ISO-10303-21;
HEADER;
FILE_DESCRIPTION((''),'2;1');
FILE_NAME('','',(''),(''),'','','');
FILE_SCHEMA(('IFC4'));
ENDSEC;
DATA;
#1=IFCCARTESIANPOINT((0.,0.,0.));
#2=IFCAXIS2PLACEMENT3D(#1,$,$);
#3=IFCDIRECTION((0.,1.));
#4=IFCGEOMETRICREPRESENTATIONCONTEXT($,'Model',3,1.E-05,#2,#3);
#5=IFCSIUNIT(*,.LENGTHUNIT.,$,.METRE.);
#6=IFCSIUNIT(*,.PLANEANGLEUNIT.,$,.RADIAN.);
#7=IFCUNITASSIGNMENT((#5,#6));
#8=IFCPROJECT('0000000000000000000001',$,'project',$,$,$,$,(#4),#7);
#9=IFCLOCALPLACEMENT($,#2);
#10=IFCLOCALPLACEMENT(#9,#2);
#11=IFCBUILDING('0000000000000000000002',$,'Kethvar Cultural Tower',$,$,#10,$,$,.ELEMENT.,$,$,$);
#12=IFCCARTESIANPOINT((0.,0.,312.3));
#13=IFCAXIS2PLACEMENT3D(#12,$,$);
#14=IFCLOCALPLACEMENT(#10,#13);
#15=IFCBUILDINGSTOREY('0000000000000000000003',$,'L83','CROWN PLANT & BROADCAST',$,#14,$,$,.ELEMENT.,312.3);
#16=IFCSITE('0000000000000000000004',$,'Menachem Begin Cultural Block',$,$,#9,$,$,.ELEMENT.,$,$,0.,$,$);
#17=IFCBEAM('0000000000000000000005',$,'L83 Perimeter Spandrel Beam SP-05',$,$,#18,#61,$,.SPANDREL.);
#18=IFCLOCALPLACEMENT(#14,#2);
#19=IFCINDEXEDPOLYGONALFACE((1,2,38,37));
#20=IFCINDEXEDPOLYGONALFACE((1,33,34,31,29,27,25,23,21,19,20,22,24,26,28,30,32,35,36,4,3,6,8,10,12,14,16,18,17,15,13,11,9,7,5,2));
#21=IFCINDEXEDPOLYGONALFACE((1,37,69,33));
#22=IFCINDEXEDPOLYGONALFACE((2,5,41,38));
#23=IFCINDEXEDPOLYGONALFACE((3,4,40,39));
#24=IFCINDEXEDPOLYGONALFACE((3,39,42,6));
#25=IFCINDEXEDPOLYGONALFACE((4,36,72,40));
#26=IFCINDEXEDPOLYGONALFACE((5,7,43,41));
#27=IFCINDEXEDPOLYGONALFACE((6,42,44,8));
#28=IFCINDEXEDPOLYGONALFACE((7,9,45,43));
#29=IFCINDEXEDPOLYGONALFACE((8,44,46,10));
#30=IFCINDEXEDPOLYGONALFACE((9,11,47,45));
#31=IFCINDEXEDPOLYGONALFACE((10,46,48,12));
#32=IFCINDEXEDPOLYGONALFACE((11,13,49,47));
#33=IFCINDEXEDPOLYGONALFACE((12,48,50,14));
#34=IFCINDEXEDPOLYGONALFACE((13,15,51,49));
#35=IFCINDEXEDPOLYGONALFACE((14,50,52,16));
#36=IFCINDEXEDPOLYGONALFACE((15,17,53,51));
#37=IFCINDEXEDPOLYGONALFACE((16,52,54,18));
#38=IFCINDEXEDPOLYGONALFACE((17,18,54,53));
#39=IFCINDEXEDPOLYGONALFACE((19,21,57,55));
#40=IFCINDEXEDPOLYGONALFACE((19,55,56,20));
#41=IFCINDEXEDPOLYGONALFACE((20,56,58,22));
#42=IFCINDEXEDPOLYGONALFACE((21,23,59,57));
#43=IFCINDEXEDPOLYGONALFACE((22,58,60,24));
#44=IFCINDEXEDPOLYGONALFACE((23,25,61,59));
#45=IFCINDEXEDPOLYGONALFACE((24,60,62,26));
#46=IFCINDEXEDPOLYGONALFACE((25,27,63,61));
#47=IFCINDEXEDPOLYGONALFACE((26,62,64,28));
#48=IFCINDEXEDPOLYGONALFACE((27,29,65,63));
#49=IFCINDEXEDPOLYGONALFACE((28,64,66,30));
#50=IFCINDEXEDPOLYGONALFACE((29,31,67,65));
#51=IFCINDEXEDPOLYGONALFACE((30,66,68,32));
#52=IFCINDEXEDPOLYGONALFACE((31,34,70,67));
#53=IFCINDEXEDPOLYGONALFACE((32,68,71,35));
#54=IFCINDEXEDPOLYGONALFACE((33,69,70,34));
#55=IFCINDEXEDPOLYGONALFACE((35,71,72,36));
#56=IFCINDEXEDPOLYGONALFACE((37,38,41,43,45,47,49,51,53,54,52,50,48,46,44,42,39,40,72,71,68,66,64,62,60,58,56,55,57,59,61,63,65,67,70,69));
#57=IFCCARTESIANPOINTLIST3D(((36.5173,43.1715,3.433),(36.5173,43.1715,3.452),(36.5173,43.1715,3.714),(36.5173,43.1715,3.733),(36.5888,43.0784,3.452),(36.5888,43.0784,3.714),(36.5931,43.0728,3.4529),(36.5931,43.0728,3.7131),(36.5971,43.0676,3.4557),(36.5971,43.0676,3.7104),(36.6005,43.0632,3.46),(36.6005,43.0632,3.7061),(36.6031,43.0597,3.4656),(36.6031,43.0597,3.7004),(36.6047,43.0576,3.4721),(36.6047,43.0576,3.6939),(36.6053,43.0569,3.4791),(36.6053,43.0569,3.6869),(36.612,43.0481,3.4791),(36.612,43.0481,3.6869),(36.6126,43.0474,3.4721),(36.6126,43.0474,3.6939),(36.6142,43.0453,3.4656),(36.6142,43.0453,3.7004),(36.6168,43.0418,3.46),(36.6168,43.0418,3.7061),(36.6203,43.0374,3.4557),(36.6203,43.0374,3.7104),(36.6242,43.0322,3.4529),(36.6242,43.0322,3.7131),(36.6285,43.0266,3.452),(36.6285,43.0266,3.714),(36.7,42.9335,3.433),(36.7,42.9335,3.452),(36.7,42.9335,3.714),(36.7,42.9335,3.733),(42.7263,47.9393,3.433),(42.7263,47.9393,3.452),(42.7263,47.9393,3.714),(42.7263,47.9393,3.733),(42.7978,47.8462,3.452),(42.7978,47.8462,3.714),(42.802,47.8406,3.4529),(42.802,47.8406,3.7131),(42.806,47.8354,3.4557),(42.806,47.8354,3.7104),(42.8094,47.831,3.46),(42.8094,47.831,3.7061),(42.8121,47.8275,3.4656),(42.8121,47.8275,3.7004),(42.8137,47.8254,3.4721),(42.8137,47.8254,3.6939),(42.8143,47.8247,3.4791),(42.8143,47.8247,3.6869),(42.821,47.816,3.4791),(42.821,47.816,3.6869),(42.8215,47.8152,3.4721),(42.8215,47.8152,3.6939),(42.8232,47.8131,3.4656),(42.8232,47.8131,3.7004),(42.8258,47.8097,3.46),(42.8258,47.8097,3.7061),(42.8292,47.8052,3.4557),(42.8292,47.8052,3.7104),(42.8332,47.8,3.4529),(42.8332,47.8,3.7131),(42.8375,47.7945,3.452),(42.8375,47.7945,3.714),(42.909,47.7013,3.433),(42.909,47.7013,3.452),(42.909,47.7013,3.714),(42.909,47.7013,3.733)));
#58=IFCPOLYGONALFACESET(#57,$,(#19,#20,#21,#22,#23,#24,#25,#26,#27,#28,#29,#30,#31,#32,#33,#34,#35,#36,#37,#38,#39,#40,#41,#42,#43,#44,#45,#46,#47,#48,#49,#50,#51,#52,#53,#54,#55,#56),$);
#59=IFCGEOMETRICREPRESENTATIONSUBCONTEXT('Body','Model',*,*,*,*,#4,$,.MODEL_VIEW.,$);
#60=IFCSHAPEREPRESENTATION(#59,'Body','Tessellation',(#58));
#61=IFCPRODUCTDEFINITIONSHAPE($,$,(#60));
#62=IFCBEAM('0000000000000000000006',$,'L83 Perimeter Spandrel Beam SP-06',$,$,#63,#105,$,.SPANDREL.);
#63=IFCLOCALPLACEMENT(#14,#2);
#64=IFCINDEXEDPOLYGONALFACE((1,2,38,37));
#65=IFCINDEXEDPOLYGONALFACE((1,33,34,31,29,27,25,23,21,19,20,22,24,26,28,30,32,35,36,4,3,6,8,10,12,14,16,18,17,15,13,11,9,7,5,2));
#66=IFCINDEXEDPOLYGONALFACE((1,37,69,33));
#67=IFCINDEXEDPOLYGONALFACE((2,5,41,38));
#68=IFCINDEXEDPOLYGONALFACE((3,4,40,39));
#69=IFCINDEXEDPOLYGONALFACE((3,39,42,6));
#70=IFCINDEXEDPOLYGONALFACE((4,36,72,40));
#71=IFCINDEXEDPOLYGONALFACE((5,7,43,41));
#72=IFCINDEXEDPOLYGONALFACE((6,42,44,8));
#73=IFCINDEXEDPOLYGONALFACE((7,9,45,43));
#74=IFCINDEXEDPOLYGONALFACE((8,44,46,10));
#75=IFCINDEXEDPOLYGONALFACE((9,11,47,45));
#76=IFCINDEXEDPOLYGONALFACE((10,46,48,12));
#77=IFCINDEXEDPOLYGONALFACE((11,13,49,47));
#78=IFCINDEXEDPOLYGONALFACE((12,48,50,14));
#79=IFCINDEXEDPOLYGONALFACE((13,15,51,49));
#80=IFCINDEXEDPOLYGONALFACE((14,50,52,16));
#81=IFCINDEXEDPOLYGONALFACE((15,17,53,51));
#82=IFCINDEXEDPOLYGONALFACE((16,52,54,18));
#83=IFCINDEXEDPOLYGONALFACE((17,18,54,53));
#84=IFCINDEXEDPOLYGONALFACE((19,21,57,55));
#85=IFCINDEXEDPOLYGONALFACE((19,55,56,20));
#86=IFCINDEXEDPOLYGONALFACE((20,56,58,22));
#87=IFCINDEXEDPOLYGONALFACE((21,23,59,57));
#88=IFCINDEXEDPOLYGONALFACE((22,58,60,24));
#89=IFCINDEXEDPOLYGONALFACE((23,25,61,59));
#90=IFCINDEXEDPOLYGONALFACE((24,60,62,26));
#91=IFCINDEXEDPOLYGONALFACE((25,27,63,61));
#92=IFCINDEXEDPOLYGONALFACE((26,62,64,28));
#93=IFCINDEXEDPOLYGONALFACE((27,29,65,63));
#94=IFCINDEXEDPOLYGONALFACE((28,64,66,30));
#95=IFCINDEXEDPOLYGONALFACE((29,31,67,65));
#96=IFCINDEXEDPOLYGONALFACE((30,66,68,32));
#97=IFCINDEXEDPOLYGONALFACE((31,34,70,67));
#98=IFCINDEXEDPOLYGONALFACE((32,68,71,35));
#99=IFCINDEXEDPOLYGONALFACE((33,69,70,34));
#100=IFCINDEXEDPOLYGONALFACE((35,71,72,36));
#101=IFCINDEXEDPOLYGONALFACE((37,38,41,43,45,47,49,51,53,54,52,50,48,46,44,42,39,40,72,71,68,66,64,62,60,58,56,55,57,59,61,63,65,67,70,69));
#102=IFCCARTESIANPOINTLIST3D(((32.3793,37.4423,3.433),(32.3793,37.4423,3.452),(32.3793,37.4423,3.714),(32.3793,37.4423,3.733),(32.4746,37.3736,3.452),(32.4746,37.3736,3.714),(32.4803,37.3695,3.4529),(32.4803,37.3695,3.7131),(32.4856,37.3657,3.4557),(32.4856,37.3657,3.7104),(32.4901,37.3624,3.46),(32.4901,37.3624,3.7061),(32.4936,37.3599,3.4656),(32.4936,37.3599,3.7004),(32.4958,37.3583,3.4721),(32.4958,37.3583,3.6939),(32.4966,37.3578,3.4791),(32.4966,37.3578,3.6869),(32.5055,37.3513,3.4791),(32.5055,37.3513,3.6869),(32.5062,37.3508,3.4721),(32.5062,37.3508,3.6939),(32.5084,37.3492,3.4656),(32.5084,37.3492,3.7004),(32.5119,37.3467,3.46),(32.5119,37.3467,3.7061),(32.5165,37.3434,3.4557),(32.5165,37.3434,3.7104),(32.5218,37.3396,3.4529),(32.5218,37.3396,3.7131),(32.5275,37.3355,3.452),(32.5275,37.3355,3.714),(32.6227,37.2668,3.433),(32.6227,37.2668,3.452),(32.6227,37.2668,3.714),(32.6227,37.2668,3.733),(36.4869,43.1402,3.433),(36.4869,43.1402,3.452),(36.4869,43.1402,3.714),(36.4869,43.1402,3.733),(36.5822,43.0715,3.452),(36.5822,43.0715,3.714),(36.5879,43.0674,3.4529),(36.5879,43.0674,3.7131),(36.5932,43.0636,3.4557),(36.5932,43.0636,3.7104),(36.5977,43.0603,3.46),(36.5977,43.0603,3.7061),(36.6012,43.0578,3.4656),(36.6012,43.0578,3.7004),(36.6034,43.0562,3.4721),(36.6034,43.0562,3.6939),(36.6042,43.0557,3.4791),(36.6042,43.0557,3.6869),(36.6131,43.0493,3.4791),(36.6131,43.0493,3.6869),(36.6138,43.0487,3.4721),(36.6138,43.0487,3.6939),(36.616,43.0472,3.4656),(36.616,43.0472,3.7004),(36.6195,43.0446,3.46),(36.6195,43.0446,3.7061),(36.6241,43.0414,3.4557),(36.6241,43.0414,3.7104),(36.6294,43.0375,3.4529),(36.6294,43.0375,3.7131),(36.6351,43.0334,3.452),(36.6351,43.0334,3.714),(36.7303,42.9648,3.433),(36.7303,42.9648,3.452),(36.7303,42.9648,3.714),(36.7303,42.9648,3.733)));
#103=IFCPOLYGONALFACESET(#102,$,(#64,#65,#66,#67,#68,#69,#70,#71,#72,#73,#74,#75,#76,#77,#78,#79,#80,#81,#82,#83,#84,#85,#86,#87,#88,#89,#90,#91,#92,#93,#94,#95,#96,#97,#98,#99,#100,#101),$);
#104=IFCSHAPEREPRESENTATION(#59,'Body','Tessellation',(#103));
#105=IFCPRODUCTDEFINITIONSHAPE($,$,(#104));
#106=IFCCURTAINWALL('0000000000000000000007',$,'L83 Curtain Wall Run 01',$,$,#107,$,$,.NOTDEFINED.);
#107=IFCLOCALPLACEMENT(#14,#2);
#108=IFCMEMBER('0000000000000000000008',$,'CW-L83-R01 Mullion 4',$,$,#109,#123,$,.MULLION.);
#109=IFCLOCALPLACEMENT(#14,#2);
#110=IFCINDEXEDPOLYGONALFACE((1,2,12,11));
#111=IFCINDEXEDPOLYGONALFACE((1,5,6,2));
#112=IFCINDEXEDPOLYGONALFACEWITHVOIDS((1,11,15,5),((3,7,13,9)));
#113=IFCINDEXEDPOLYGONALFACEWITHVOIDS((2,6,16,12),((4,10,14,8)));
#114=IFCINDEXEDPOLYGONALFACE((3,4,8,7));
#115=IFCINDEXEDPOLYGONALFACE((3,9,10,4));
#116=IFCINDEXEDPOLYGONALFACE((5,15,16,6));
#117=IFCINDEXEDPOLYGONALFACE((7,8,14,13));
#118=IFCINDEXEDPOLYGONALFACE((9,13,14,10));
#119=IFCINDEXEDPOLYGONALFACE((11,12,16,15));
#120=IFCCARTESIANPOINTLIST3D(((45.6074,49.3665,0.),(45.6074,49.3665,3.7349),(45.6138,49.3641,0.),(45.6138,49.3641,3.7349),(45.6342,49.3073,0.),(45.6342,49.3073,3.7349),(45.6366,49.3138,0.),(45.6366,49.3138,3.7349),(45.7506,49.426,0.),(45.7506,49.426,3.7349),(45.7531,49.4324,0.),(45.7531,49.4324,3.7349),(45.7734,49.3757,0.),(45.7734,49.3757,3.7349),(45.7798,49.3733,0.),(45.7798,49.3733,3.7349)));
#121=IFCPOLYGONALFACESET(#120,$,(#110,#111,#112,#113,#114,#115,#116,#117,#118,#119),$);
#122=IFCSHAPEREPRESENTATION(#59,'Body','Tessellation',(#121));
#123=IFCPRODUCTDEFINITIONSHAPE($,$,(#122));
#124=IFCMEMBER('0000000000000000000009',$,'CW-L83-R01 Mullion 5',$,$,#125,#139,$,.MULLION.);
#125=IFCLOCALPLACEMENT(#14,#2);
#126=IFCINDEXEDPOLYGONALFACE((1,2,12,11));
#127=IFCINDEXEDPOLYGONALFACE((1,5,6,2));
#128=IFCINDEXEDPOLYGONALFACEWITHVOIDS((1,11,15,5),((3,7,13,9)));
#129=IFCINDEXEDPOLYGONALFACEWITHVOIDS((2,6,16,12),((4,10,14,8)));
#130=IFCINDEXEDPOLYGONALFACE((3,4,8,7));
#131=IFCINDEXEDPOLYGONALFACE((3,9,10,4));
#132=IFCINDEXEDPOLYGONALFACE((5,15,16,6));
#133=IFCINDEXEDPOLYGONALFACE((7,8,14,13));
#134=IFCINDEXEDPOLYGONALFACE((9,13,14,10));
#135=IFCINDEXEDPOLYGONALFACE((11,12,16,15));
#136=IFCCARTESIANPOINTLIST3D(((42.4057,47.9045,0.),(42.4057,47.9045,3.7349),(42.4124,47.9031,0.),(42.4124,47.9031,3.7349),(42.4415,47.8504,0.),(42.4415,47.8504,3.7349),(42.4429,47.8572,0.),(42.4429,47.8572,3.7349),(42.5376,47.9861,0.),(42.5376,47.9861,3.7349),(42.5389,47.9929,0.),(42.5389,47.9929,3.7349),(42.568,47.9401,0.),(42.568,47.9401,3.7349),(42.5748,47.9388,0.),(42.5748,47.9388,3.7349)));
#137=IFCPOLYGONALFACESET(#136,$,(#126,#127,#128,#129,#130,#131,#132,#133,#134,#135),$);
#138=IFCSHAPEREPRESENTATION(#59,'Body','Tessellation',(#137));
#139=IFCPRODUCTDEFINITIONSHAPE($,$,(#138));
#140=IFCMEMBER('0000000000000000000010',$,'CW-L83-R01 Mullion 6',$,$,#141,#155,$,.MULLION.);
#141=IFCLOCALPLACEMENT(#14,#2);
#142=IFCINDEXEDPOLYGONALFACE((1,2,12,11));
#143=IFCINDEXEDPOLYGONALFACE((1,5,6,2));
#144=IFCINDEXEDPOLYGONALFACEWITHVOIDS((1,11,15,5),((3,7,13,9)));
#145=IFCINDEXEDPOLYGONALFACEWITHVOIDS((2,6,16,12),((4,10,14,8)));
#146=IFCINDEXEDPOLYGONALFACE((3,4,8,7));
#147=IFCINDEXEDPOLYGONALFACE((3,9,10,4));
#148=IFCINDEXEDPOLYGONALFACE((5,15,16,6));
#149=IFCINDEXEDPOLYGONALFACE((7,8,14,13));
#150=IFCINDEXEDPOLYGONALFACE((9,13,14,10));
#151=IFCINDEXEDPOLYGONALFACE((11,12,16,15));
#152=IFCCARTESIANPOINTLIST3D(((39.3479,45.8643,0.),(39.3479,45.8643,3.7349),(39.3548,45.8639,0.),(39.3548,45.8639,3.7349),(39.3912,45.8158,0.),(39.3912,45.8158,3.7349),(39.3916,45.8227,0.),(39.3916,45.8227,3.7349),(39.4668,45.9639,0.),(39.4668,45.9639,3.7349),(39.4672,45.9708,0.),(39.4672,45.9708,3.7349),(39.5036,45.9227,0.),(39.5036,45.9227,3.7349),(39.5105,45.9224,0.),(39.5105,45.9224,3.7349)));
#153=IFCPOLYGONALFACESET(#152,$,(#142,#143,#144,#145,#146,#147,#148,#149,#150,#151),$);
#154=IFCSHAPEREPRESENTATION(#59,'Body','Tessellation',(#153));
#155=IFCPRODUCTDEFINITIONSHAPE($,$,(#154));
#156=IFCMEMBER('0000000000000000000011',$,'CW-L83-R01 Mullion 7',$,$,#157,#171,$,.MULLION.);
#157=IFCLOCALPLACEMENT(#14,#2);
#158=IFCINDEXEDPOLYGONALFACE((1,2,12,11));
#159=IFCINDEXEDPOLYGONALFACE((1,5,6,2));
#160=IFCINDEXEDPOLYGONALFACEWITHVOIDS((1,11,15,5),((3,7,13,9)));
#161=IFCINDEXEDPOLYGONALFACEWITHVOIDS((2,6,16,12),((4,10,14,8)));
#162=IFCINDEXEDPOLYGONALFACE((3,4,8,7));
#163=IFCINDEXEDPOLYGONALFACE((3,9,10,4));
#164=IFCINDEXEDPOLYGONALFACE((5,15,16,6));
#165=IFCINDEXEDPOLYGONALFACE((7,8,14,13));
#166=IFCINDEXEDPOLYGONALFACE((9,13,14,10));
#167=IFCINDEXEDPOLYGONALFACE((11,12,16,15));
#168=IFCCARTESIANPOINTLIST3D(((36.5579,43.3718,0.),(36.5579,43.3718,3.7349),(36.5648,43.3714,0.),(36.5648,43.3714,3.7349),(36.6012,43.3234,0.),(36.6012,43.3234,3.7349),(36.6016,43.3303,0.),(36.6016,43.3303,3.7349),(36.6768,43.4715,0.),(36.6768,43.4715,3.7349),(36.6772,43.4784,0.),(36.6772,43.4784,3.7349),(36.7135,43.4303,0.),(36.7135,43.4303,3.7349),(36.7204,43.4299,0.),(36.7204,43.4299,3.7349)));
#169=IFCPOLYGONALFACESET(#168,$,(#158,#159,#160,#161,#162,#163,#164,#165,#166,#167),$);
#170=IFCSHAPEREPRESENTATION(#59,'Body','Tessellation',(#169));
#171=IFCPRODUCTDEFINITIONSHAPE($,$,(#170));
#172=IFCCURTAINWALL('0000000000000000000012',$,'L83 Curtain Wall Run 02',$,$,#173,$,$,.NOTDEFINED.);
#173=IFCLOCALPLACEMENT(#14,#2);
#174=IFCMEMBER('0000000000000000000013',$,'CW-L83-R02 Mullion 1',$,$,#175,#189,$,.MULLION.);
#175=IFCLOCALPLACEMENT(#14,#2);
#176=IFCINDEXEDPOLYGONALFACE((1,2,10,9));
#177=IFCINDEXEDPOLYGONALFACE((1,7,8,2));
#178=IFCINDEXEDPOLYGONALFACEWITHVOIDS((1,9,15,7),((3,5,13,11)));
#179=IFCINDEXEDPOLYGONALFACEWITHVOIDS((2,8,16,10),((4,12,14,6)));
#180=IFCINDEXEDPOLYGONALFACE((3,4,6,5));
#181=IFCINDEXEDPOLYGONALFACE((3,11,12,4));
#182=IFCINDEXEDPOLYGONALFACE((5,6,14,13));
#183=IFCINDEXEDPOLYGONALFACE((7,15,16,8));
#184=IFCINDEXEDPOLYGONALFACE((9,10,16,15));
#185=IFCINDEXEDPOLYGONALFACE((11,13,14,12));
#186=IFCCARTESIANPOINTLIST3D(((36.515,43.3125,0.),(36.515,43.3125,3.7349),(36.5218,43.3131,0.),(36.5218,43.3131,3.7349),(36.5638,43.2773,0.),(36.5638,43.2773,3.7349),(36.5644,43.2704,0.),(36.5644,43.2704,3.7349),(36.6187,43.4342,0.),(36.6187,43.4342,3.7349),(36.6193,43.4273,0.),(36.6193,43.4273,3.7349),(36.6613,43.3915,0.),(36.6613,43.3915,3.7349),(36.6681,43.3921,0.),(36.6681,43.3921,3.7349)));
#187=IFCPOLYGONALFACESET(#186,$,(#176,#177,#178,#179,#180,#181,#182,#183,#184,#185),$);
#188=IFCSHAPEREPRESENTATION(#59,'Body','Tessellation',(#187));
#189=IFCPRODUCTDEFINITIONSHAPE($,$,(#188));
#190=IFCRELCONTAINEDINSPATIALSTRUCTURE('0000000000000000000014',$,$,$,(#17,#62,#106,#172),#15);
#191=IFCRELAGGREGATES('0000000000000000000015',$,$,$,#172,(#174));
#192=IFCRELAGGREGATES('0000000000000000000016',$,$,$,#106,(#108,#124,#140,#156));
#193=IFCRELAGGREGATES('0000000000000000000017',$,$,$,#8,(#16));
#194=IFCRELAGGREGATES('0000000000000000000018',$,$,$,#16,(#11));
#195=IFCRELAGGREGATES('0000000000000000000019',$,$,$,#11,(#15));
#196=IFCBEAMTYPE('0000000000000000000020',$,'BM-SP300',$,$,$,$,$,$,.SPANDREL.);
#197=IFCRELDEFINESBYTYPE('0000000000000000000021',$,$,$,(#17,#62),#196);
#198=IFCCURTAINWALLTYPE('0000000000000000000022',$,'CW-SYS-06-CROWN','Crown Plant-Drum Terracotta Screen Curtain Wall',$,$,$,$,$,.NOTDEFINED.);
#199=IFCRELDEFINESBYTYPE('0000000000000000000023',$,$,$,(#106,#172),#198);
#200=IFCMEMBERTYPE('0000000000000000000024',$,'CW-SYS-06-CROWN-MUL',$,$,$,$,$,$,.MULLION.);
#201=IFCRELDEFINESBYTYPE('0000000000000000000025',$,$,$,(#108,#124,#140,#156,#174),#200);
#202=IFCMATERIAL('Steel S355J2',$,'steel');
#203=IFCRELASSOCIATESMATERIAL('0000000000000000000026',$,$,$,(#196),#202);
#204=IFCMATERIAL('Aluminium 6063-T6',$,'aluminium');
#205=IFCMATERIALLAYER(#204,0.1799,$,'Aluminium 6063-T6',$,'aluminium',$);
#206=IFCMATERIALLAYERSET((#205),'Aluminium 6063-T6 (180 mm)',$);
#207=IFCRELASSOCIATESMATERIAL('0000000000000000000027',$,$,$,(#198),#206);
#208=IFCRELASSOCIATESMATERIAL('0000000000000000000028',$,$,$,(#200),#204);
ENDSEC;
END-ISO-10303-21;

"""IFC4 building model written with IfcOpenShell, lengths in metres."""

from ifc_helpers import new_model, si_unit, direction, frame, origin, origin_2d, place, context, subcontext, project, spatial, hollow_rectangle, i_section, extrude, source, transform, mapped, material, layer, layer_set, material_profile, profile_set, type_object, element, aggregate, save


model = new_model("IFC4")

# Units and contexts
model_context = context("Model", 3, precision=1e-05, world=origin(), true_north=direction((0.0, 1.0)))
body_context = subcontext(model_context, "Body", "Model", "MODEL_VIEW")
ifc_project = project(units=[si_unit("LENGTHUNIT", "METRE"), si_unit("PLANEANGLEUNIT", "RADIAN")], contexts=[model_context])

# Site, building, storey
site_placement = place(None, origin())
site = spatial("IfcSite", under=ifc_project, at=site_placement, Name="Menachem Begin Cultural Block", CompositionType="ELEMENT", RefElevation=0.0)
building_placement = place(site_placement, origin())
building = spatial("IfcBuilding", under=site, at=building_placement, Name="Kethvar Cultural Tower", CompositionType="ELEMENT")
storey_placement = place(building_placement, frame((0.0, 0.0, 312.3)))
storey = spatial("IfcBuildingStorey", under=building, at=storey_placement, Name="L83", Description="CROWN PLANT & BROADCAST", CompositionType="ELEMENT", Elevation=312.3)

# Shared definitions
ifc_material_1 = material(Name="Steel S355J2", Category="steel")

# Beams
ifc_material_profile_1 = material_profile(ifc_material_1, i_section(OverallWidth=0.3, OverallDepth=0.3, WebThickness=0.011, FlangeThickness=0.019, FilletRadius=0.0271, at=origin_2d()), Name="Steel S355J2 — HEB300")
ifc_profile_set_1 = profile_set([ifc_material_profile_1], Name="Steel S355J2 — HEB300")
beam_type_1 = type_object("IfcBeamType", Name="BM-SP300", PredefinedType="SPANDREL", material=ifc_profile_set_1)
shared_shape_1 = source(origin(), body_context, "Body", "SweptSolid", [
    extrude(i_section(OverallWidth=0.3, OverallDepth=0.3, WebThickness=0.011, FlangeThickness=0.019, FilletRadius=0.0271, at=origin_2d()), origin(), (0.0, 0.0, 1.0), 7.8284),
])
beam_1_placement = place(storey_placement, frame((42.8176, 47.8203, 3.583), z_axis=(-0.793137, -0.609043, 0.0), x_axis=(0.609043, -0.793137, 0.0)))
element("IfcBeam", 1, at=beam_1_placement, inside=storey, type_object=beam_type_1, Name="L83 Perimeter Spandrel Beam SP-05", PredefinedType="SPANDREL", context=body_context, shape_type="MappedRepresentation", body=[
    mapped(shared_shape_1, transform((0.0, 0.0, 0.0), scale=1.0)),
])
shared_shape_2 = source(origin(), body_context, "Body", "SweptSolid", [
    extrude(i_section(OverallWidth=0.3, OverallDepth=0.3, WebThickness=0.011, FlangeThickness=0.019, FilletRadius=0.0271, at=origin_2d()), origin(), (0.0, 0.0, 1.0), 7.0242),
])
beam_2_placement = place(storey_placement, frame((36.6086, 43.0525, 3.583), z_axis=(-0.584783, -0.811189, 0.0), x_axis=(0.811189, -0.584783, 0.0)))
element("IfcBeam", 2, at=beam_2_placement, inside=storey, type_object=beam_type_1, Name="L83 Perimeter Spandrel Beam SP-06", PredefinedType="SPANDREL", context=body_context, shape_type="MappedRepresentation", body=[
    mapped(shared_shape_2, transform((0.0, 0.0, 0.0), scale=1.0)),
])

# Curtain wall, members
ifc_material_2 = material(Name="Aluminium 6063-T6", Category="aluminium")
ifc_layer_1 = layer(ifc_material_2, 0.1799, Name="Aluminium 6063-T6", Category="aluminium")
ifc_layer_set_1 = layer_set([ifc_layer_1], Name="Aluminium 6063-T6 (180 mm)")
curtain_wall_type = type_object("IfcCurtainWallType", Name="CW-SYS-06-CROWN", Description="Crown Plant-Drum Terracotta Screen Curtain Wall", PredefinedType="NOTDEFINED", material=ifc_layer_set_1)
curtain_wall_1_placement = place(storey_placement, origin())
curtain_wall_1 = element("IfcCurtainWall", 3, at=curtain_wall_1_placement, inside=storey, type_object=curtain_wall_type, Name="L83 Curtain Wall Run 01", PredefinedType="NOTDEFINED")
ifc_material_profile_2 = material_profile(ifc_material_2, hollow_rectangle(XDim=0.0649, YDim=0.1599, WallThickness=0.0049, at=origin_2d()), Name="Aluminium 6063-T6 — RHS160x65x5")
ifc_profile_set_2 = profile_set([ifc_material_profile_2], Name="Aluminium 6063-T6 — RHS160x65x5")
member_type_1 = type_object("IfcMemberType", Name="CW-SYS-06-CROWN-MUL", PredefinedType="MULLION", material=ifc_profile_set_2)
shared_shape_3 = source(origin(), body_context, "Body", "SweptSolid", [
    extrude(hollow_rectangle(XDim=0.0649, YDim=0.1599, WallThickness=0.0049, at=origin_2d()), origin(), (0.0, 0.0, 1.0), 3.7349),
])
member_1_placement = place(storey_placement, frame((45.6936, 49.3699, 0.0), z_axis=(0.0, 0.0, 1.0), x_axis=(0.412341, -0.911029, 0.0)))
member_1 = element("IfcMember", 4, at=member_1_placement, type_object=member_type_1, Name="CW-L83-R01 Mullion 4", PredefinedType="MULLION", context=body_context, shape_type="MappedRepresentation", body=[
    mapped(shared_shape_3, transform((0.0, 0.0, 0.0), scale=1.0)),
])
member_2_placement = place(storey_placement, frame((42.4902, 47.9216, 0.0), z_axis=(0.0, 0.0, 1.0), x_axis=(0.552635, -0.833423, 0.0)))
member_2 = element("IfcMember", 5, at=member_2_placement, type_object=member_type_1, Name="CW-L83-R01 Mullion 5", PredefinedType="MULLION", context=body_context, shape_type="MappedRepresentation", body=[
    mapped(shared_shape_3, transform((0.0, 0.0, 0.0), scale=1.0)),
])
member_3_placement = place(storey_placement, frame((39.4292, 45.8933, 0.0), z_axis=(0.0, 0.0, 1.0), x_axis=(0.666194, -0.745778, 0.0)))
member_3 = element("IfcMember", 6, at=member_3_placement, type_object=member_type_1, Name="CW-L83-R01 Mullion 6", PredefinedType="MULLION", context=body_context, shape_type="MappedRepresentation", body=[
    mapped(shared_shape_3, transform((0.0, 0.0, 0.0), scale=1.0)),
])
member_4_placement = place(storey_placement, frame((36.6392, 43.4009, 0.0), z_axis=(0.0, 0.0, 1.0), x_axis=(0.666194, -0.745778, 0.0)))
member_4 = element("IfcMember", 7, at=member_4_placement, type_object=member_type_1, Name="CW-L83-R01 Mullion 7", PredefinedType="MULLION", context=body_context, shape_type="MappedRepresentation", body=[
    mapped(shared_shape_3, transform((0.0, 0.0, 0.0), scale=1.0)),
])

# Curtain wall, member
curtain_wall_2_placement = place(storey_placement, origin())
curtain_wall_2 = element("IfcCurtainWall", 8, at=curtain_wall_2_placement, inside=storey, type_object=curtain_wall_type, Name="L83 Curtain Wall Run 02", PredefinedType="NOTDEFINED")
member_5_placement = place(storey_placement, frame((36.5916, 43.3523, 0.0), z_axis=(0.0, 0.0, 1.0), x_axis=(0.760904, -0.648864, 0.0)))
member_5 = element("IfcMember", 9, at=member_5_placement, type_object=member_type_1, Name="CW-L83-R02 Mullion 1", PredefinedType="MULLION", context=body_context, shape_type="MappedRepresentation", body=[
    mapped(shared_shape_3, transform((0.0, 0.0, 0.0), scale=1.0)),
])

aggregate(curtain_wall_2, [member_5])

aggregate(curtain_wall_1, [member_1, member_2, member_3, member_4])

save(model, "model.ifc")
